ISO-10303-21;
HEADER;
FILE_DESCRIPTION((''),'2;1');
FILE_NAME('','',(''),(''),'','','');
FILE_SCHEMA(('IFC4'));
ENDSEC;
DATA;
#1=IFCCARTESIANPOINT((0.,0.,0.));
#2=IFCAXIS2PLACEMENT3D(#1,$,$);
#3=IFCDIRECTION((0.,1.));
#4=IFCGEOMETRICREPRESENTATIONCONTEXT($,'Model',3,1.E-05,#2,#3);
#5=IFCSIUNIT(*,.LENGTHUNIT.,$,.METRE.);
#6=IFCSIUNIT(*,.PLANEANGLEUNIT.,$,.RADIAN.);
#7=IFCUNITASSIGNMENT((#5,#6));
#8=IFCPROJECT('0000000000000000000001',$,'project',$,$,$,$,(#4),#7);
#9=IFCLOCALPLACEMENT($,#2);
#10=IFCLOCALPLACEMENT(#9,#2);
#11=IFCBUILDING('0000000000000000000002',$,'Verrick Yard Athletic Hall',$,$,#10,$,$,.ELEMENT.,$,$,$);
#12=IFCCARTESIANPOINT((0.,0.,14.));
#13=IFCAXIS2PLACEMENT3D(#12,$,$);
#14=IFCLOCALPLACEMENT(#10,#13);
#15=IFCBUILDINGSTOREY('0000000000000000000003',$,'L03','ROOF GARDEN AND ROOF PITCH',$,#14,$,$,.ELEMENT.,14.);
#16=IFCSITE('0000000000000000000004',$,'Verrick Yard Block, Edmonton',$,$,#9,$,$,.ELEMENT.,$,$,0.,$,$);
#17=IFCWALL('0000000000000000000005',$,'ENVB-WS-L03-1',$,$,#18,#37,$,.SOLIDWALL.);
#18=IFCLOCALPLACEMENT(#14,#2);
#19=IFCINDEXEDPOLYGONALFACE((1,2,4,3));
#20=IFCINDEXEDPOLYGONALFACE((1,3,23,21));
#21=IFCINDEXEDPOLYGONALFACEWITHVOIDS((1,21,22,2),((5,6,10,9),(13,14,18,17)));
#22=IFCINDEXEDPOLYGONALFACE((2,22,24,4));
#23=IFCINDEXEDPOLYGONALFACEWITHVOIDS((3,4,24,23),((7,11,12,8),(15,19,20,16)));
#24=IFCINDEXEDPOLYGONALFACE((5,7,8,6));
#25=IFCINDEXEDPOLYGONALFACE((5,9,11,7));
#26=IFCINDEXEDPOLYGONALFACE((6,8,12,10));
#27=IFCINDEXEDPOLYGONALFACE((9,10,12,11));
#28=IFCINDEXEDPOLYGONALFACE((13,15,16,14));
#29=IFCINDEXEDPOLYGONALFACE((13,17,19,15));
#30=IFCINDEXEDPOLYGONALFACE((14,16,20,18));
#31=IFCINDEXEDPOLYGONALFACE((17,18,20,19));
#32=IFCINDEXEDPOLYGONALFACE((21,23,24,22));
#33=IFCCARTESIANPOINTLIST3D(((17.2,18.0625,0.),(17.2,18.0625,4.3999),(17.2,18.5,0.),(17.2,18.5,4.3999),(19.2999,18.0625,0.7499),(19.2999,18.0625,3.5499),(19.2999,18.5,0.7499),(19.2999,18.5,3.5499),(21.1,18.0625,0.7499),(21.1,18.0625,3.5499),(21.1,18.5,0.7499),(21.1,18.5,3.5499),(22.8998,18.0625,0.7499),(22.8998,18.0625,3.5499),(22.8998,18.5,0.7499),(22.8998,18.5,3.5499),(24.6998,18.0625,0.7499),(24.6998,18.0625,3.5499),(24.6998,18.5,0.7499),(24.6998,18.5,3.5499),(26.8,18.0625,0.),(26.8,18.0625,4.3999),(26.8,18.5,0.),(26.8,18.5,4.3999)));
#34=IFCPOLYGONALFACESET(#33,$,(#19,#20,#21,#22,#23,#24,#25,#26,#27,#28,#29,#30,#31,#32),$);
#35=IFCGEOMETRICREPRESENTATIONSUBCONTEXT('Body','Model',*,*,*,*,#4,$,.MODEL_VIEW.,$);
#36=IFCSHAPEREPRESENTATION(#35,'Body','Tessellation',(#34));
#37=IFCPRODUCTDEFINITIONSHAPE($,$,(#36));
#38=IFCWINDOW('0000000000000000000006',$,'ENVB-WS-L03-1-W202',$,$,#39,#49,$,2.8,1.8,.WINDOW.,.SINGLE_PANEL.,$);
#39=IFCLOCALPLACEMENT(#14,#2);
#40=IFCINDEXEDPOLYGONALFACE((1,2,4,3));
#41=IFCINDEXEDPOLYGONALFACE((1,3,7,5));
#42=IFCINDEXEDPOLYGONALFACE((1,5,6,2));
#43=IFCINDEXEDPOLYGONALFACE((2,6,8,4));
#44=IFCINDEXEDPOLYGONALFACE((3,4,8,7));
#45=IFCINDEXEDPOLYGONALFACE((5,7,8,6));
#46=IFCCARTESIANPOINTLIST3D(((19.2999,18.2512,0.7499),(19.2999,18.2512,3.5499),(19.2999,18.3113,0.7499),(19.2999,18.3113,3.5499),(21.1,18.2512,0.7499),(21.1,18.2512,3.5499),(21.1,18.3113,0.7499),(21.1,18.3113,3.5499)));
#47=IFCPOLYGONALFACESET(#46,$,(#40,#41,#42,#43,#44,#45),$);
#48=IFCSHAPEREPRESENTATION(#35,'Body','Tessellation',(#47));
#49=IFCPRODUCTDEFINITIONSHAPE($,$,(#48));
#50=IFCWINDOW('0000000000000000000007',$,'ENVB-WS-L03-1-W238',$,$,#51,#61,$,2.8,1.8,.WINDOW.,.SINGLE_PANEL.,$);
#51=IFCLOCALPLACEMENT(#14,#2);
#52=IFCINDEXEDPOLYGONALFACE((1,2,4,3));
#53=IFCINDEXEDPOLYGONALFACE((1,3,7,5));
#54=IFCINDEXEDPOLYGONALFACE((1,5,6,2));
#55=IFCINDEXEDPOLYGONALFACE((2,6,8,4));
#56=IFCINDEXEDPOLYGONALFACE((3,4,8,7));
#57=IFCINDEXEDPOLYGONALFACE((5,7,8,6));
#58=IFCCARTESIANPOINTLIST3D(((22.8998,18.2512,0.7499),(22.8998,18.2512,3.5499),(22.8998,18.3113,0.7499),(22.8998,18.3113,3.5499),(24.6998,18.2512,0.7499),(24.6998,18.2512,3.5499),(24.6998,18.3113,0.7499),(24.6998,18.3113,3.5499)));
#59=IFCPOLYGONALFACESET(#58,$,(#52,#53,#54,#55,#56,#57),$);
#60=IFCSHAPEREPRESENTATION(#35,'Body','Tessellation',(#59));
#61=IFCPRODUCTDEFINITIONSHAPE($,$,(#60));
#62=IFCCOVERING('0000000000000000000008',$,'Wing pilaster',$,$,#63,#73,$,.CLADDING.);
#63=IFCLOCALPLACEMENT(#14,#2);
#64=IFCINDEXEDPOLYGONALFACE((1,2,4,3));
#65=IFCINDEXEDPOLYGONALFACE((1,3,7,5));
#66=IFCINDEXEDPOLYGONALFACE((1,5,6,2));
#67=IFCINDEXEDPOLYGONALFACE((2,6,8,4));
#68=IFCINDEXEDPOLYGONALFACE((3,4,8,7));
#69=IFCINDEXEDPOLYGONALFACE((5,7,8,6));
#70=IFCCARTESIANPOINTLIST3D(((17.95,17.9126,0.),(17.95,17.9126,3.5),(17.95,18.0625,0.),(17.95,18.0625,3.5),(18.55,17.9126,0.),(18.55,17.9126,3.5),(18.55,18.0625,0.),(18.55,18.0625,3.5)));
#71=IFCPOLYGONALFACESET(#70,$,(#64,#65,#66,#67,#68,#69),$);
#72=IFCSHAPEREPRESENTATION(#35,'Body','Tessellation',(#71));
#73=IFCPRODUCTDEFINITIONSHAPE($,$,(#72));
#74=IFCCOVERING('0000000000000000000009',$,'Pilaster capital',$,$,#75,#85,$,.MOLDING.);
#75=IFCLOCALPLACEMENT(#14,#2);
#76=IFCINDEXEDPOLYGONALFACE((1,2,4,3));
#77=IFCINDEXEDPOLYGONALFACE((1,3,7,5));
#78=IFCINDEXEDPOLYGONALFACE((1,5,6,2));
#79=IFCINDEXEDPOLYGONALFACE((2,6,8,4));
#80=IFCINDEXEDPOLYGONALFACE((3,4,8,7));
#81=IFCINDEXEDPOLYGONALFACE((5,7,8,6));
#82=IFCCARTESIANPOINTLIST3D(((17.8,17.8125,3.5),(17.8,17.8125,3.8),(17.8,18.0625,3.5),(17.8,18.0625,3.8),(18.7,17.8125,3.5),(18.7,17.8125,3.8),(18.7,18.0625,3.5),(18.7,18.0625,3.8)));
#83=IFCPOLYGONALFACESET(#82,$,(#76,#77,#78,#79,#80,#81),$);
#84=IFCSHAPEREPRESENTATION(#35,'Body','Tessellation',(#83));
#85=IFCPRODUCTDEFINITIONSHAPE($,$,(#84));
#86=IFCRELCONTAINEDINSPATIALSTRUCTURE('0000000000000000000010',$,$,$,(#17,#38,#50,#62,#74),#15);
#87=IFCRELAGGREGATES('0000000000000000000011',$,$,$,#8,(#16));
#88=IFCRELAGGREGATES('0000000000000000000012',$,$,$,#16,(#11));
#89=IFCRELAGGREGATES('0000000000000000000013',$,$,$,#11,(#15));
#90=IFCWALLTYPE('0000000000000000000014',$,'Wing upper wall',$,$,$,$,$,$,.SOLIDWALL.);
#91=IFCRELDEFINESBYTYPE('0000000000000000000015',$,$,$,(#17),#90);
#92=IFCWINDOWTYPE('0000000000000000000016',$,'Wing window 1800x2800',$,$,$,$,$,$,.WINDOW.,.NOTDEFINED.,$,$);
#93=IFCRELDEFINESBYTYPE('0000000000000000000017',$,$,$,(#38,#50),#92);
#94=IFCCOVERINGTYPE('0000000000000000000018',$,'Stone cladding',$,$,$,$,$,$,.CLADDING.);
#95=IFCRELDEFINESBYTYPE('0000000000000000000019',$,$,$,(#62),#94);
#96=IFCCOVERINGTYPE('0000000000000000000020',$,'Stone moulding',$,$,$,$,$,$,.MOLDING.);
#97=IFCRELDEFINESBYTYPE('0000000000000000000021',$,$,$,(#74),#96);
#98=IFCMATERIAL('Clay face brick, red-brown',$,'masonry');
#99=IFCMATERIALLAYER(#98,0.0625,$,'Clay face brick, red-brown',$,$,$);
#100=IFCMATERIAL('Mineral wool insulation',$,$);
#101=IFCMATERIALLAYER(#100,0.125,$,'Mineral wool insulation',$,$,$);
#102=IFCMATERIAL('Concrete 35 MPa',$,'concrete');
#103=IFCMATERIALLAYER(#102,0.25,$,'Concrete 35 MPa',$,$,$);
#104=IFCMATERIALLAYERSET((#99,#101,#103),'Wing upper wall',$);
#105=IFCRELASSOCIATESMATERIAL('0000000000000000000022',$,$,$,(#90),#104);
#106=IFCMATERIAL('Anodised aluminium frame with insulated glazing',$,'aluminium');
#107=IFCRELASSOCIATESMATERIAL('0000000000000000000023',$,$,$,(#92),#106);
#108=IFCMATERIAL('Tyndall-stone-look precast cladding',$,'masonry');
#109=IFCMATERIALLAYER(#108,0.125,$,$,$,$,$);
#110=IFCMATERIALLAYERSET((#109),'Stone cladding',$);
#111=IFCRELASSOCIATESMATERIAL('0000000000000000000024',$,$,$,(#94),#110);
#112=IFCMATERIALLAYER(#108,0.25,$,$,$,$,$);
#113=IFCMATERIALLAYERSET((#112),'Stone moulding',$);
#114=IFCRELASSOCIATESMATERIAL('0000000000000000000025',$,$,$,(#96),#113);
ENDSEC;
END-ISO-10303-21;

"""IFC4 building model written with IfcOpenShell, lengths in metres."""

from ifc_helpers import new_model, si_unit, direction, frame, frame_2d, origin, origin_2d, place, context, subcontext, project, spatial, rectangle, extrude, material, layer, layer_set, type_object, element, fill, save


model = new_model("IFC4")

# Units and contexts
model_context = context("Model", 3, precision=1e-05, world=origin(), true_north=direction((0.0, 1.0)))
body_context = subcontext(model_context, "Body", "Model", "MODEL_VIEW")
ifc_project = project(units=[si_unit("LENGTHUNIT", "METRE"), si_unit("PLANEANGLEUNIT", "RADIAN")], contexts=[model_context])

# Site, building, storey
site_placement = place(None, origin())
site = spatial("IfcSite", under=ifc_project, at=site_placement, Name="Verrick Yard Block, Edmonton", CompositionType="ELEMENT", RefElevation=0.0)
building_placement = place(site_placement, origin())
building = spatial("IfcBuilding", under=site, at=building_placement, Name="Verrick Yard Athletic Hall", CompositionType="ELEMENT")
storey_placement = place(building_placement, frame((0.0, 0.0, 14.0)))
storey = spatial("IfcBuildingStorey", under=building, at=storey_placement, Name="L03", Description="ROOF GARDEN AND ROOF PITCH", CompositionType="ELEMENT", Elevation=14.0)

# Shared definitions
ifc_material_1 = material(Name="Concrete 35 MPa", Category="concrete")

# Shared definitions
ifc_material_2 = material(Name="Tyndall-stone-look precast cladding", Category="masonry")

# Wall, openings, windows
ifc_material_3 = material(Name="Clay face brick, red-brown", Category="masonry")
ifc_layer_1 = layer(ifc_material_3, 0.0625, Name="Clay face brick, red-brown")
ifc_material_4 = material(Name="Mineral wool insulation")
ifc_layer_2 = layer(ifc_material_4, 0.125, Name="Mineral wool insulation")
ifc_layer_3 = layer(ifc_material_1, 0.25, Name="Concrete 35 MPa")
ifc_layer_set_1 = layer_set([ifc_layer_1, ifc_layer_2, ifc_layer_3], Name="Wing upper wall")
wall_type_1 = type_object("IfcWallType", Name="Wing upper wall", PredefinedType="SOLIDWALL", material=ifc_layer_set_1)
wall_1_placement = place(storey_placement, frame((17.2, 18.2812, 0.0), z_axis=(0.0, 0.0, 1.0), x_axis=(1.0, 0.0, 0.0)))
wall_1 = element("IfcWall", 1, at=wall_1_placement, inside=storey, type_object=wall_type_1, Name="ENVB-WS-L03-1", PredefinedType="SOLIDWALL", context=body_context, shape_type="SweptSolid", body=[
    extrude(rectangle(XDim=9.6001, YDim=0.4375, at=frame_2d((4.8, 0.0))), origin(), (0.0, 0.0, 1.0), 4.3999),
])
opening_1_placement = place(wall_1_placement, frame((2.1001, 0.0, 0.75)))
opening_1 = element("IfcOpeningElement", 2, at=opening_1_placement, cuts=wall_1, PredefinedType="OPENING", context=body_context, shape_type="SweptSolid", body=[
    extrude(rectangle(XDim=1.8, YDim=2.8, at=frame_2d((0.8999, 1.3999))), frame((0.0, 0.2288, 0.0), z_axis=(0.0, -1.0, 0.0), x_axis=(1.0, 0.0, 0.0)), (0.0, 0.0, 1.0), 0.4575),
])
opening_2_placement = place(wall_1_placement, frame((5.7, 0.0, 0.75)))
opening_2 = element("IfcOpeningElement", 3, at=opening_2_placement, cuts=wall_1, PredefinedType="OPENING", context=body_context, shape_type="SweptSolid", body=[
    extrude(rectangle(XDim=1.8, YDim=2.8, at=frame_2d((0.8999, 1.3999))), frame((0.0, 0.2288, 0.0), z_axis=(0.0, -1.0, 0.0), x_axis=(1.0, 0.0, 0.0)), (0.0, 0.0, 1.0), 0.4575),
])
ifc_material_5 = material(Name="Anodised aluminium frame with insulated glazing", Category="aluminium")
window_type = type_object("IfcWindowType", Name="Wing window 1800x2800", PartitioningType="NOTDEFINED", PredefinedType="WINDOW", material=ifc_material_5)
window_1_placement = place(opening_1_placement, origin())
window_1 = element("IfcWindow", 4, at=window_1_placement, inside=storey, type_object=window_type, Name="ENVB-WS-L03-1-W202", OverallHeight=2.8, OverallWidth=1.8, PartitioningType="SINGLE_PANEL", PredefinedType="WINDOW", context=body_context, shape_type="SweptSolid", body=[
    extrude(rectangle(XDim=1.8, YDim=2.8, at=frame_2d((0.8999, 1.3999))), frame((0.0, 0.03, 0.0), z_axis=(0.0, -1.0, 0.0), x_axis=(1.0, 0.0, 0.0)), (0.0, 0.0, 1.0), 0.0601),
])
fill(opening_1, window_1)
window_2_placement = place(opening_2_placement, origin())
window_2 = element("IfcWindow", 5, at=window_2_placement, inside=storey, type_object=window_type, Name="ENVB-WS-L03-1-W238", OverallHeight=2.8, OverallWidth=1.8, PartitioningType="SINGLE_PANEL", PredefinedType="WINDOW", context=body_context, shape_type="SweptSolid", body=[
    extrude(rectangle(XDim=1.8, YDim=2.8, at=frame_2d((0.8999, 1.3999))), frame((0.0, 0.03, 0.0), z_axis=(0.0, -1.0, 0.0), x_axis=(1.0, 0.0, 0.0)), (0.0, 0.0, 1.0), 0.0601),
])
fill(opening_2, window_2)

# Coverings
ifc_layer_4 = layer(ifc_material_2, 0.125)
ifc_layer_set_2 = layer_set([ifc_layer_4], Name="Stone cladding")
covering_type_1 = type_object("IfcCoveringType", Name="Stone cladding", PredefinedType="CLADDING", material=ifc_layer_set_2)
covering_1_placement = place(storey_placement, frame((18.25, 17.9875, 0.0), z_axis=(0.0, 0.0, 1.0), x_axis=(1.0, 0.0, 0.0)))
element("IfcCovering", 6, at=covering_1_placement, inside=storey, type_object=covering_type_1, Name="Wing pilaster", PredefinedType="CLADDING", context=body_context, shape_type="SweptSolid", body=[
    extrude(rectangle(XDim=0.6001, YDim=0.1499, at=origin_2d()), origin(), (0.0, 0.0, 1.0), 3.5),
])
ifc_layer_5 = layer(ifc_material_2, 0.25)
ifc_layer_set_3 = layer_set([ifc_layer_5], Name="Stone moulding")
covering_type_2 = type_object("IfcCoveringType", Name="Stone moulding", PredefinedType="MOLDING", material=ifc_layer_set_3)
covering_2_placement = place(storey_placement, frame((18.25, 17.9375, 3.5), z_axis=(0.0, 0.0, 1.0), x_axis=(1.0, 0.0, 0.0)))
element("IfcCovering", 7, at=covering_2_placement, inside=storey, type_object=covering_type_2, Name="Pilaster capital", PredefinedType="MOLDING", context=body_context, shape_type="SweptSolid", body=[
    extrude(rectangle(XDim=0.8999, YDim=0.25, at=origin_2d()), origin(), (0.0, 0.0, 1.0), 0.3),
])

save(model, "model.ifc")
